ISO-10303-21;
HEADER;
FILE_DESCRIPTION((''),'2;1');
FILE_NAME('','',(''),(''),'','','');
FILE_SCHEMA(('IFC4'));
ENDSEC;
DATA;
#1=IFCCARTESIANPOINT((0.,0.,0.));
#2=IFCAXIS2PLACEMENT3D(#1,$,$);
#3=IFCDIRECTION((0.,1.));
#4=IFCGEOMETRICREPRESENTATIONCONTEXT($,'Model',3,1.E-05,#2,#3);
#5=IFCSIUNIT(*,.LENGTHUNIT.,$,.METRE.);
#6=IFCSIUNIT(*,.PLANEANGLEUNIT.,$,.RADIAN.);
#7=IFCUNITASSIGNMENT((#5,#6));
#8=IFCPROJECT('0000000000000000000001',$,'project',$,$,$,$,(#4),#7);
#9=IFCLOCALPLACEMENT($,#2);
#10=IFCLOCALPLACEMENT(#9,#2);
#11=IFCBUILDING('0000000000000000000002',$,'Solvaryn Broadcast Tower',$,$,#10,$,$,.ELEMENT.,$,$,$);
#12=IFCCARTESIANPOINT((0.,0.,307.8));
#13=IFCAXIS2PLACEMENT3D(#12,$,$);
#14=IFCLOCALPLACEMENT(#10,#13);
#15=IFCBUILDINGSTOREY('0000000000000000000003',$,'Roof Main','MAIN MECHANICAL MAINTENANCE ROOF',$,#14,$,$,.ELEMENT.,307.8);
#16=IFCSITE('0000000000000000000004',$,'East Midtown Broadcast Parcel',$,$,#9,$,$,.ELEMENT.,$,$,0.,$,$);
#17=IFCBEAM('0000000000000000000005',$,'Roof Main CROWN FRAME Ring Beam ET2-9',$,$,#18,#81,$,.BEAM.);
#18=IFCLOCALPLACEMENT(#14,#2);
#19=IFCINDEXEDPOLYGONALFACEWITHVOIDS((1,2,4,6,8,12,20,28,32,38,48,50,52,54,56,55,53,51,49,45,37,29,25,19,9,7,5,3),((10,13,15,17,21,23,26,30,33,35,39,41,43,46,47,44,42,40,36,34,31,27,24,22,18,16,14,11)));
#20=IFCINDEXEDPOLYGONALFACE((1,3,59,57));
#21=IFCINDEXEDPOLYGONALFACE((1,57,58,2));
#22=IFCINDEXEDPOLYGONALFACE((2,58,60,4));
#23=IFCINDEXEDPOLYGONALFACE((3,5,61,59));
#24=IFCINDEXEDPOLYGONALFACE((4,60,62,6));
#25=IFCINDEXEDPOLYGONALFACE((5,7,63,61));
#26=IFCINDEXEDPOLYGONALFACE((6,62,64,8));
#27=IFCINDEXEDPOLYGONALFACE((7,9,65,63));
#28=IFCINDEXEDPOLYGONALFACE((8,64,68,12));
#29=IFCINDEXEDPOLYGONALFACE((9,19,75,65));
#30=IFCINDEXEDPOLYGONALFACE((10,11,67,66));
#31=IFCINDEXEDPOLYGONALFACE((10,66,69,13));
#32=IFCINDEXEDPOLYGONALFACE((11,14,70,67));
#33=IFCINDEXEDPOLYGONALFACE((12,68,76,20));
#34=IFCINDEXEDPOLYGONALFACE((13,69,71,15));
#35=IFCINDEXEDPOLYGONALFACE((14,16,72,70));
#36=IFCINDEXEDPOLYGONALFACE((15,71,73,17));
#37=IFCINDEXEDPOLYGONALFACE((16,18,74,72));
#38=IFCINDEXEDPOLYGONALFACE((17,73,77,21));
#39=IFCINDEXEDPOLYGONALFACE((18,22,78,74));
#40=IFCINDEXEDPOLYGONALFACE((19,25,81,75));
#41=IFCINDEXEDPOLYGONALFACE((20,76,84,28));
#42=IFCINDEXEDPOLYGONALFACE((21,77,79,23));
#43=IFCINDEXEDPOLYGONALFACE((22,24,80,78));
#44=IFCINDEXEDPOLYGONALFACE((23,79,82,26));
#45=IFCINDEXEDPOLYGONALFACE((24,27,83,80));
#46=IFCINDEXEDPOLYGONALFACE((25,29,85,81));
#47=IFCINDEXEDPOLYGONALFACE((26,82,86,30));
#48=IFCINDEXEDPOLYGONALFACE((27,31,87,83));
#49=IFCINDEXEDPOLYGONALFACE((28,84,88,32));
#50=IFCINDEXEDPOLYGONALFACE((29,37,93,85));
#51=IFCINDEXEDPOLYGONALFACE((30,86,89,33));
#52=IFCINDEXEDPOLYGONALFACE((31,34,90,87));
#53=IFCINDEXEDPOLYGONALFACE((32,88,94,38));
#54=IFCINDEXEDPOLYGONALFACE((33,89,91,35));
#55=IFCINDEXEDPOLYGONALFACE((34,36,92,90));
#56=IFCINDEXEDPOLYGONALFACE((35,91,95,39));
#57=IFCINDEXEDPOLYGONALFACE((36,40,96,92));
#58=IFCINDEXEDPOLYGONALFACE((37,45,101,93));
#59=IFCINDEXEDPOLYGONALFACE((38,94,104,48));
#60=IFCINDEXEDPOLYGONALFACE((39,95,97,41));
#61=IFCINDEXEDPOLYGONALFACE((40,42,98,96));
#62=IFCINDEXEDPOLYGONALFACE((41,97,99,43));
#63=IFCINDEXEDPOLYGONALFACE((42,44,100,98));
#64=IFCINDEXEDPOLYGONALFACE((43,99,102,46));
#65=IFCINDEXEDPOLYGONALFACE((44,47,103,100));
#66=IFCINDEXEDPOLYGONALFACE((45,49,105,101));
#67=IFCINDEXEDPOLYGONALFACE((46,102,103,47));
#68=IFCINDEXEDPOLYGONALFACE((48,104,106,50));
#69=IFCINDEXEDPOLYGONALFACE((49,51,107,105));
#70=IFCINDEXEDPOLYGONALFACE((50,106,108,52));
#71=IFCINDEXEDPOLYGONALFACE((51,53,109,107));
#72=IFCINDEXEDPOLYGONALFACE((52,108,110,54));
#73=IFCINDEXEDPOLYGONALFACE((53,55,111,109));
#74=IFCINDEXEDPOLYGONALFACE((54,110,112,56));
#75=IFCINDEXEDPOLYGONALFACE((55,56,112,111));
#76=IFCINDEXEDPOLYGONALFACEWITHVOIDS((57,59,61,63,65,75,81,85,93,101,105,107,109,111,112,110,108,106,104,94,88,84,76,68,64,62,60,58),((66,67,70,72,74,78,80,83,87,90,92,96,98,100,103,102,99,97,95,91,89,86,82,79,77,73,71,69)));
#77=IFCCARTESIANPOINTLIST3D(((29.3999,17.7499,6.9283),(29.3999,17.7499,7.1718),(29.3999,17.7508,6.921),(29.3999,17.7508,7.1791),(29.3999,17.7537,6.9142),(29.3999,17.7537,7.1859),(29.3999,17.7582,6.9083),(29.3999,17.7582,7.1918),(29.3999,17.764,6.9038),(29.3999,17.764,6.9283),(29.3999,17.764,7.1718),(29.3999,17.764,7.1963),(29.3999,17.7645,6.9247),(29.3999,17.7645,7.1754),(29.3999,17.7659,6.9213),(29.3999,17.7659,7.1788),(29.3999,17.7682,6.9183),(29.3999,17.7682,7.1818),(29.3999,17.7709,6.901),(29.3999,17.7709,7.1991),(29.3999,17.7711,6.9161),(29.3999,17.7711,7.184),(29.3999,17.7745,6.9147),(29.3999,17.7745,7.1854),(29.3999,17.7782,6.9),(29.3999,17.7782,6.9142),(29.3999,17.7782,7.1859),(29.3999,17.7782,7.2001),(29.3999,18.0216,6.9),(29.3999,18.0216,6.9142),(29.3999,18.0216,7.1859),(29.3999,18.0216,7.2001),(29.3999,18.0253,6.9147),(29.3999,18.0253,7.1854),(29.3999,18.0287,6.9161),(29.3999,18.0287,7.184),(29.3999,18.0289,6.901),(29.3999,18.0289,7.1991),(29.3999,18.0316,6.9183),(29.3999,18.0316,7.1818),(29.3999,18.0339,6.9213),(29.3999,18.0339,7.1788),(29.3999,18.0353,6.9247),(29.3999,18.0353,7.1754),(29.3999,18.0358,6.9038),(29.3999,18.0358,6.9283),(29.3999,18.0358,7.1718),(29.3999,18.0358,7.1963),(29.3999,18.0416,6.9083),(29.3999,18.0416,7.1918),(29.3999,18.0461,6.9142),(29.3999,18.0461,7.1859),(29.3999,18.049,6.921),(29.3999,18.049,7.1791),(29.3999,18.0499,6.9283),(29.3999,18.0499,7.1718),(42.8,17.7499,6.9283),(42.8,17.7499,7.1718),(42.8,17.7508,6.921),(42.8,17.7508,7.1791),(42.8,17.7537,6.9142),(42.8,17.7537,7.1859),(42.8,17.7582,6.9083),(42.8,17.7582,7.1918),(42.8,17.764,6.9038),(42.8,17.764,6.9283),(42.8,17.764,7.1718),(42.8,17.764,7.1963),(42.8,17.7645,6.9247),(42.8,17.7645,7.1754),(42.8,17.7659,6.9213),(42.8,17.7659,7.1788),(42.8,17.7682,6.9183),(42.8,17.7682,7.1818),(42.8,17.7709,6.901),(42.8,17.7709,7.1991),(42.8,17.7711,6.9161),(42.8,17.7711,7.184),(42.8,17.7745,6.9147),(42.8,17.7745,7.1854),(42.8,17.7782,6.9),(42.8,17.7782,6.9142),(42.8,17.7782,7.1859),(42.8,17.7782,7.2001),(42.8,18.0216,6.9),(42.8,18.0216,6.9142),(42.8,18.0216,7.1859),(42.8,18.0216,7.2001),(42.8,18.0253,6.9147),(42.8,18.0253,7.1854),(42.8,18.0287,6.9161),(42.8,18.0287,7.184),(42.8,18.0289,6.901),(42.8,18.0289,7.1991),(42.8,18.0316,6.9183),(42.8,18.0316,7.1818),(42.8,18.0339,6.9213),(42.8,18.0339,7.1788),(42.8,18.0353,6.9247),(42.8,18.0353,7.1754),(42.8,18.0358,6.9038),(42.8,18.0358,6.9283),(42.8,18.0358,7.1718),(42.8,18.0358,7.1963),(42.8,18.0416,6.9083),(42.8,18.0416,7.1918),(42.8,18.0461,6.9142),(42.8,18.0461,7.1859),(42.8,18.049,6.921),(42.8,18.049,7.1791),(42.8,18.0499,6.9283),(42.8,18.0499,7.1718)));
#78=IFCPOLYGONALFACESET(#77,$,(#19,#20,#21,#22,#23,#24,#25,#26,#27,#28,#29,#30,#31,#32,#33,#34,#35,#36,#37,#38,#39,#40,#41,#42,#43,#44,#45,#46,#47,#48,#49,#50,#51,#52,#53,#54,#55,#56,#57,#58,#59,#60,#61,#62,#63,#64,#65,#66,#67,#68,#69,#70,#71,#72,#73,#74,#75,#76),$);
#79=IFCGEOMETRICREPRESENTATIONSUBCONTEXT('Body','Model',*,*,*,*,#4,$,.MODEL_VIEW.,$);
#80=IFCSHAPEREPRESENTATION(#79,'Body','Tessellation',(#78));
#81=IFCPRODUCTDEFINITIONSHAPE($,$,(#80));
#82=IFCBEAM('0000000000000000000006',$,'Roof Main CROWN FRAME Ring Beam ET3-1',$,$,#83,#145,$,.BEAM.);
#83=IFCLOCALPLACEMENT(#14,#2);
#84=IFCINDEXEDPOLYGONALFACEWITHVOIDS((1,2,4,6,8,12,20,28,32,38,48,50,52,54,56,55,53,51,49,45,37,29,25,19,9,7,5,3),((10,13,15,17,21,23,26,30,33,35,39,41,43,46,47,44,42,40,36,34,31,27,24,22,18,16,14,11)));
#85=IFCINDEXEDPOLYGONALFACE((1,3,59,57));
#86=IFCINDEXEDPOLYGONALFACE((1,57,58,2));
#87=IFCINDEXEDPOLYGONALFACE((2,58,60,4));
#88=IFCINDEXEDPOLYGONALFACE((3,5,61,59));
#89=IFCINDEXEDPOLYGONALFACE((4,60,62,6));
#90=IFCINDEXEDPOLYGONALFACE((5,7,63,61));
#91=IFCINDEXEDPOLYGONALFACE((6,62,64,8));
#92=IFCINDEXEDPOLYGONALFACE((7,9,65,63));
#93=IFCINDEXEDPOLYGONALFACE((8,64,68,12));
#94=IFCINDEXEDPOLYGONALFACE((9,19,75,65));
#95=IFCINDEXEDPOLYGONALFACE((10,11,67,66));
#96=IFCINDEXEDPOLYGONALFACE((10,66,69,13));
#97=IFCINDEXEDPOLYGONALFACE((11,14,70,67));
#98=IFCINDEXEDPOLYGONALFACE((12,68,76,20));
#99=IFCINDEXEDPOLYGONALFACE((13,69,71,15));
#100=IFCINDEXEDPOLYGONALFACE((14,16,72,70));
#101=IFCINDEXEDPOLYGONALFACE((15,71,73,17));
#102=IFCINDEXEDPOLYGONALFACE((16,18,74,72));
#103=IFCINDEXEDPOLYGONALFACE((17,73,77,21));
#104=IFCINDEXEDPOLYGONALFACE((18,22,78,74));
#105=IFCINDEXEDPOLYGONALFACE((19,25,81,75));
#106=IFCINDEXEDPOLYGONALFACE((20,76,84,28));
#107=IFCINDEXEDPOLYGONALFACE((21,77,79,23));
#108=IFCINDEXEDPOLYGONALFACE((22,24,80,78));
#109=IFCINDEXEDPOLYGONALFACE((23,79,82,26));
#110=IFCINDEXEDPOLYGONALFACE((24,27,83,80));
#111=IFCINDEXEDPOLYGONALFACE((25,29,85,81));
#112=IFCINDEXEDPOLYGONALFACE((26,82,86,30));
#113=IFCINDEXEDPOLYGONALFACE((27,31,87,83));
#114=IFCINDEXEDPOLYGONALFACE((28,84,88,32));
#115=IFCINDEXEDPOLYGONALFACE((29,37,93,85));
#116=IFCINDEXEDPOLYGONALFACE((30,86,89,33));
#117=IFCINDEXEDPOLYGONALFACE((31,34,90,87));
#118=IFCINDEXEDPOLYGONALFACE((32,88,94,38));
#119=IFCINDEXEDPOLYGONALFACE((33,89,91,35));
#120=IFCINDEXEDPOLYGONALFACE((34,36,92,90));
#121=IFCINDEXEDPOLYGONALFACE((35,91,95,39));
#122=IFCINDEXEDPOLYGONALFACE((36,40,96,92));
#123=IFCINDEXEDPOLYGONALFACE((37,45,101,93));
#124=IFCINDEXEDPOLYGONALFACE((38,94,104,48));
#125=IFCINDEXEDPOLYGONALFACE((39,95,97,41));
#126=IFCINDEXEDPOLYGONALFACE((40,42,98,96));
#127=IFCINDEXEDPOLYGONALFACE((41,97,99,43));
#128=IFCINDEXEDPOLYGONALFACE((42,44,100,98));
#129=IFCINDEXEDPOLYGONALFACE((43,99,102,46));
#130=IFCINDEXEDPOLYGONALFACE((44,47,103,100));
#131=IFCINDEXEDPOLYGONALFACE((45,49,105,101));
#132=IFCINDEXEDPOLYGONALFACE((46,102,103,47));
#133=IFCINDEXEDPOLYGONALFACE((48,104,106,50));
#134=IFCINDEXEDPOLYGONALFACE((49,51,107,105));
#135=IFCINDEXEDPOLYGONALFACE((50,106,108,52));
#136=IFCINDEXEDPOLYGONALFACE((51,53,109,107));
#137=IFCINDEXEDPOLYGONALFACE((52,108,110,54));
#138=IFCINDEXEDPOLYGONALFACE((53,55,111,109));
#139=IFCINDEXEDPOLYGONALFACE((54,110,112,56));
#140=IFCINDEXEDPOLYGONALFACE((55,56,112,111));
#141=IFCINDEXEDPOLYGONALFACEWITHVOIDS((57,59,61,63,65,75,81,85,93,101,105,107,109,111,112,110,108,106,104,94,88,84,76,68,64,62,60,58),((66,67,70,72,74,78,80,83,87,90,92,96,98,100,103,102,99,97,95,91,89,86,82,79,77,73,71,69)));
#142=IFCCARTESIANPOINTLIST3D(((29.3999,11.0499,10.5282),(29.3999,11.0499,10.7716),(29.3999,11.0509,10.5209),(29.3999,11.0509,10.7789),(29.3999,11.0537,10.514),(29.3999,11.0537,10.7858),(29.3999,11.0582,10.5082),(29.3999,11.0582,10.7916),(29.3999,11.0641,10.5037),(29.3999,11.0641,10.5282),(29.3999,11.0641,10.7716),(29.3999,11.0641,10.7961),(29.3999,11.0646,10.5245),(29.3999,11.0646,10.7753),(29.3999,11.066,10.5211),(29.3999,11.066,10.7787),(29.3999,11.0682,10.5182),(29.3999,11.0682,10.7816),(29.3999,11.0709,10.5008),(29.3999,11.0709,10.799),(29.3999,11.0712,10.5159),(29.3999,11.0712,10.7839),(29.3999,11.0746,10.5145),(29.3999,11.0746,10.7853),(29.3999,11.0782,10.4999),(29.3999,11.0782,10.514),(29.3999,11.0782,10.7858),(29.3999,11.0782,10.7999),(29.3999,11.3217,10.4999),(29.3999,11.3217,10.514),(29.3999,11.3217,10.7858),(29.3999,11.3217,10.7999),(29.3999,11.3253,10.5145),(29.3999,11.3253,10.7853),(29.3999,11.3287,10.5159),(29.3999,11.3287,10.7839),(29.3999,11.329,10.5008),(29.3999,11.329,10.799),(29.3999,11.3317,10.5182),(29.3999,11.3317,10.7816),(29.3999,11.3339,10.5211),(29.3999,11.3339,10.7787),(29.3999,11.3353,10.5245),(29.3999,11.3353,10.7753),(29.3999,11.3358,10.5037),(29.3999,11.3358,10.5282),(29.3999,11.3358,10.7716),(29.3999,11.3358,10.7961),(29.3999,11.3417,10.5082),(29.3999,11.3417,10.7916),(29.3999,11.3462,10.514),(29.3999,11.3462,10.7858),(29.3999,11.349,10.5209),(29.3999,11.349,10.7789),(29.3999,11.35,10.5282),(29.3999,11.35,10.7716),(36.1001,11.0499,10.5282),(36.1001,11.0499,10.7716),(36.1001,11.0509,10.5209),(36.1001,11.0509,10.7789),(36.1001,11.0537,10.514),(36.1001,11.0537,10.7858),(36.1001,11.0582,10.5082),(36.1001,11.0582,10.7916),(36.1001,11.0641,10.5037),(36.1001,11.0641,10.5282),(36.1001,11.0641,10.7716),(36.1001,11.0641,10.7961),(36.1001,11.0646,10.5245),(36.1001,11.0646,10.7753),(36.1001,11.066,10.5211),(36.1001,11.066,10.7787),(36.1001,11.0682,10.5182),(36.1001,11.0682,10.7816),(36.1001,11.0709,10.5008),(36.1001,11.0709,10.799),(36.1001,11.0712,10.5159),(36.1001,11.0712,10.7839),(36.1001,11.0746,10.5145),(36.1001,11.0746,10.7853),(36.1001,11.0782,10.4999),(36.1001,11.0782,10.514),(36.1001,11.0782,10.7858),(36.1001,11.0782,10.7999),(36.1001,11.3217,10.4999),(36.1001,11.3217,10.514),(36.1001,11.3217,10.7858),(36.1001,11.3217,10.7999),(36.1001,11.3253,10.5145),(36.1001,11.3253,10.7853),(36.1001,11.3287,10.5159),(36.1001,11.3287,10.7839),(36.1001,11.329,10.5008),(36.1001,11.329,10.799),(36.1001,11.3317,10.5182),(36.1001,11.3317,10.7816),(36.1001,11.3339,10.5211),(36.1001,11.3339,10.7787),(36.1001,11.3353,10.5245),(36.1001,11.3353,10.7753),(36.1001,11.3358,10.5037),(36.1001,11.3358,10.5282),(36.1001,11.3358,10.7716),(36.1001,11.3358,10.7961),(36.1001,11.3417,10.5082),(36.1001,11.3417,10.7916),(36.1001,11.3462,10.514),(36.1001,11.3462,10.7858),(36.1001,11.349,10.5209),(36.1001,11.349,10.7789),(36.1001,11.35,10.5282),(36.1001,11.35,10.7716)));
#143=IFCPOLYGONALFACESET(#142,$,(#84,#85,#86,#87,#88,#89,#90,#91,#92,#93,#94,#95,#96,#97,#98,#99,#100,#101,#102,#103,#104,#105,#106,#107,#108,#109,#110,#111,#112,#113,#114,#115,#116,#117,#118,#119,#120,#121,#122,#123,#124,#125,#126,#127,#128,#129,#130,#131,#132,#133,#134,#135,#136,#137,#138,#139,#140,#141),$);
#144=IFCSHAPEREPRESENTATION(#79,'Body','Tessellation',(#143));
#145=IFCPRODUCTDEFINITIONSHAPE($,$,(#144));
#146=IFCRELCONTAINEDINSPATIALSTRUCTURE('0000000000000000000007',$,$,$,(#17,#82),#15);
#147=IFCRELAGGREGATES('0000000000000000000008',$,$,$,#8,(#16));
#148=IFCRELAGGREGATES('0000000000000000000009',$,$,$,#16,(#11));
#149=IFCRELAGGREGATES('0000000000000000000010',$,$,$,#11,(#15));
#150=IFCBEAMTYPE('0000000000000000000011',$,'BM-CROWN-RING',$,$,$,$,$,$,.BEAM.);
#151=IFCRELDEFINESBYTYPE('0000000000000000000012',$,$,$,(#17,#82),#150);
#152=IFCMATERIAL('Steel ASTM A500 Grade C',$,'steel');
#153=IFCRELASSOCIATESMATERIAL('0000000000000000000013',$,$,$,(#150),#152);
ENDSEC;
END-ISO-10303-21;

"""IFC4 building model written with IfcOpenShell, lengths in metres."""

from ifc_helpers import new_model, si_unit, direction, frame, origin, origin_2d, place, context, subcontext, project, spatial, hollow_rectangle, extrude, material, material_profile, profile_set, type_object, element, save


model = new_model("IFC4")

# Units and contexts
model_context = context("Model", 3, precision=1e-05, world=origin(), true_north=direction((0.0, 1.0)))
body_context = subcontext(model_context, "Body", "Model", "MODEL_VIEW")
ifc_project = project(units=[si_unit("LENGTHUNIT", "METRE"), si_unit("PLANEANGLEUNIT", "RADIAN")], contexts=[model_context])

# Site, building, storey
site_placement = place(None, origin())
site = spatial("IfcSite", under=ifc_project, at=site_placement, Name="East Midtown Broadcast Parcel", CompositionType="ELEMENT", RefElevation=0.0)
building_placement = place(site_placement, origin())
building = spatial("IfcBuilding", under=site, at=building_placement, Name="Solvaryn Broadcast Tower", CompositionType="ELEMENT")
storey_placement = place(building_placement, frame((0.0, 0.0, 307.8)))
storey = spatial("IfcBuildingStorey", under=building, at=storey_placement, Name="Roof Main", Description="MAIN MECHANICAL MAINTENANCE ROOF", CompositionType="ELEMENT", Elevation=307.8)

# Beams
ifc_material_1 = material(Name="Steel ASTM A500 Grade C", Category="steel")
ifc_material_profile_1 = material_profile(ifc_material_1, hollow_rectangle(XDim=0.3, YDim=0.3, WallThickness=0.0142, InnerFilletRadius=0.0142, OuterFilletRadius=0.0283, at=origin_2d()))
ifc_profile_set_1 = profile_set([ifc_material_profile_1], Name="Steel ASTM A500 Grade C")
beam_type_1 = type_object("IfcBeamType", Name="BM-CROWN-RING", PredefinedType="BEAM", material=ifc_profile_set_1)
beam_1_placement = place(storey_placement, frame((29.3999, 17.8999, 7.05), z_axis=(1.0, 0.0, 0.0), x_axis=(0.0, 1.0, 0.0)))
element("IfcBeam", 1, at=beam_1_placement, inside=storey, type_object=beam_type_1, Name="Roof Main CROWN FRAME Ring Beam ET2-9", PredefinedType="BEAM", context=body_context, shape_type="SweptSolid", body=[
    extrude(hollow_rectangle(XDim=0.3, YDim=0.3, WallThickness=0.0142, InnerFilletRadius=0.0142, OuterFilletRadius=0.0283, at=origin_2d()), origin(), (0.0, 0.0, 1.0), 13.4001),
])
beam_2_placement = place(storey_placement, frame((29.3999, 11.2, 10.6499), z_axis=(1.0, 0.0, 0.0), x_axis=(0.0, 1.0, 0.0)))
element("IfcBeam", 2, at=beam_2_placement, inside=storey, type_object=beam_type_1, Name="Roof Main CROWN FRAME Ring Beam ET3-1", PredefinedType="BEAM", context=body_context, shape_type="SweptSolid", body=[
    extrude(hollow_rectangle(XDim=0.3, YDim=0.3, WallThickness=0.0142, InnerFilletRadius=0.0142, OuterFilletRadius=0.0283, at=origin_2d()), origin(), (0.0, 0.0, 1.0), 6.7002),
])

save(model, "model.ifc")
